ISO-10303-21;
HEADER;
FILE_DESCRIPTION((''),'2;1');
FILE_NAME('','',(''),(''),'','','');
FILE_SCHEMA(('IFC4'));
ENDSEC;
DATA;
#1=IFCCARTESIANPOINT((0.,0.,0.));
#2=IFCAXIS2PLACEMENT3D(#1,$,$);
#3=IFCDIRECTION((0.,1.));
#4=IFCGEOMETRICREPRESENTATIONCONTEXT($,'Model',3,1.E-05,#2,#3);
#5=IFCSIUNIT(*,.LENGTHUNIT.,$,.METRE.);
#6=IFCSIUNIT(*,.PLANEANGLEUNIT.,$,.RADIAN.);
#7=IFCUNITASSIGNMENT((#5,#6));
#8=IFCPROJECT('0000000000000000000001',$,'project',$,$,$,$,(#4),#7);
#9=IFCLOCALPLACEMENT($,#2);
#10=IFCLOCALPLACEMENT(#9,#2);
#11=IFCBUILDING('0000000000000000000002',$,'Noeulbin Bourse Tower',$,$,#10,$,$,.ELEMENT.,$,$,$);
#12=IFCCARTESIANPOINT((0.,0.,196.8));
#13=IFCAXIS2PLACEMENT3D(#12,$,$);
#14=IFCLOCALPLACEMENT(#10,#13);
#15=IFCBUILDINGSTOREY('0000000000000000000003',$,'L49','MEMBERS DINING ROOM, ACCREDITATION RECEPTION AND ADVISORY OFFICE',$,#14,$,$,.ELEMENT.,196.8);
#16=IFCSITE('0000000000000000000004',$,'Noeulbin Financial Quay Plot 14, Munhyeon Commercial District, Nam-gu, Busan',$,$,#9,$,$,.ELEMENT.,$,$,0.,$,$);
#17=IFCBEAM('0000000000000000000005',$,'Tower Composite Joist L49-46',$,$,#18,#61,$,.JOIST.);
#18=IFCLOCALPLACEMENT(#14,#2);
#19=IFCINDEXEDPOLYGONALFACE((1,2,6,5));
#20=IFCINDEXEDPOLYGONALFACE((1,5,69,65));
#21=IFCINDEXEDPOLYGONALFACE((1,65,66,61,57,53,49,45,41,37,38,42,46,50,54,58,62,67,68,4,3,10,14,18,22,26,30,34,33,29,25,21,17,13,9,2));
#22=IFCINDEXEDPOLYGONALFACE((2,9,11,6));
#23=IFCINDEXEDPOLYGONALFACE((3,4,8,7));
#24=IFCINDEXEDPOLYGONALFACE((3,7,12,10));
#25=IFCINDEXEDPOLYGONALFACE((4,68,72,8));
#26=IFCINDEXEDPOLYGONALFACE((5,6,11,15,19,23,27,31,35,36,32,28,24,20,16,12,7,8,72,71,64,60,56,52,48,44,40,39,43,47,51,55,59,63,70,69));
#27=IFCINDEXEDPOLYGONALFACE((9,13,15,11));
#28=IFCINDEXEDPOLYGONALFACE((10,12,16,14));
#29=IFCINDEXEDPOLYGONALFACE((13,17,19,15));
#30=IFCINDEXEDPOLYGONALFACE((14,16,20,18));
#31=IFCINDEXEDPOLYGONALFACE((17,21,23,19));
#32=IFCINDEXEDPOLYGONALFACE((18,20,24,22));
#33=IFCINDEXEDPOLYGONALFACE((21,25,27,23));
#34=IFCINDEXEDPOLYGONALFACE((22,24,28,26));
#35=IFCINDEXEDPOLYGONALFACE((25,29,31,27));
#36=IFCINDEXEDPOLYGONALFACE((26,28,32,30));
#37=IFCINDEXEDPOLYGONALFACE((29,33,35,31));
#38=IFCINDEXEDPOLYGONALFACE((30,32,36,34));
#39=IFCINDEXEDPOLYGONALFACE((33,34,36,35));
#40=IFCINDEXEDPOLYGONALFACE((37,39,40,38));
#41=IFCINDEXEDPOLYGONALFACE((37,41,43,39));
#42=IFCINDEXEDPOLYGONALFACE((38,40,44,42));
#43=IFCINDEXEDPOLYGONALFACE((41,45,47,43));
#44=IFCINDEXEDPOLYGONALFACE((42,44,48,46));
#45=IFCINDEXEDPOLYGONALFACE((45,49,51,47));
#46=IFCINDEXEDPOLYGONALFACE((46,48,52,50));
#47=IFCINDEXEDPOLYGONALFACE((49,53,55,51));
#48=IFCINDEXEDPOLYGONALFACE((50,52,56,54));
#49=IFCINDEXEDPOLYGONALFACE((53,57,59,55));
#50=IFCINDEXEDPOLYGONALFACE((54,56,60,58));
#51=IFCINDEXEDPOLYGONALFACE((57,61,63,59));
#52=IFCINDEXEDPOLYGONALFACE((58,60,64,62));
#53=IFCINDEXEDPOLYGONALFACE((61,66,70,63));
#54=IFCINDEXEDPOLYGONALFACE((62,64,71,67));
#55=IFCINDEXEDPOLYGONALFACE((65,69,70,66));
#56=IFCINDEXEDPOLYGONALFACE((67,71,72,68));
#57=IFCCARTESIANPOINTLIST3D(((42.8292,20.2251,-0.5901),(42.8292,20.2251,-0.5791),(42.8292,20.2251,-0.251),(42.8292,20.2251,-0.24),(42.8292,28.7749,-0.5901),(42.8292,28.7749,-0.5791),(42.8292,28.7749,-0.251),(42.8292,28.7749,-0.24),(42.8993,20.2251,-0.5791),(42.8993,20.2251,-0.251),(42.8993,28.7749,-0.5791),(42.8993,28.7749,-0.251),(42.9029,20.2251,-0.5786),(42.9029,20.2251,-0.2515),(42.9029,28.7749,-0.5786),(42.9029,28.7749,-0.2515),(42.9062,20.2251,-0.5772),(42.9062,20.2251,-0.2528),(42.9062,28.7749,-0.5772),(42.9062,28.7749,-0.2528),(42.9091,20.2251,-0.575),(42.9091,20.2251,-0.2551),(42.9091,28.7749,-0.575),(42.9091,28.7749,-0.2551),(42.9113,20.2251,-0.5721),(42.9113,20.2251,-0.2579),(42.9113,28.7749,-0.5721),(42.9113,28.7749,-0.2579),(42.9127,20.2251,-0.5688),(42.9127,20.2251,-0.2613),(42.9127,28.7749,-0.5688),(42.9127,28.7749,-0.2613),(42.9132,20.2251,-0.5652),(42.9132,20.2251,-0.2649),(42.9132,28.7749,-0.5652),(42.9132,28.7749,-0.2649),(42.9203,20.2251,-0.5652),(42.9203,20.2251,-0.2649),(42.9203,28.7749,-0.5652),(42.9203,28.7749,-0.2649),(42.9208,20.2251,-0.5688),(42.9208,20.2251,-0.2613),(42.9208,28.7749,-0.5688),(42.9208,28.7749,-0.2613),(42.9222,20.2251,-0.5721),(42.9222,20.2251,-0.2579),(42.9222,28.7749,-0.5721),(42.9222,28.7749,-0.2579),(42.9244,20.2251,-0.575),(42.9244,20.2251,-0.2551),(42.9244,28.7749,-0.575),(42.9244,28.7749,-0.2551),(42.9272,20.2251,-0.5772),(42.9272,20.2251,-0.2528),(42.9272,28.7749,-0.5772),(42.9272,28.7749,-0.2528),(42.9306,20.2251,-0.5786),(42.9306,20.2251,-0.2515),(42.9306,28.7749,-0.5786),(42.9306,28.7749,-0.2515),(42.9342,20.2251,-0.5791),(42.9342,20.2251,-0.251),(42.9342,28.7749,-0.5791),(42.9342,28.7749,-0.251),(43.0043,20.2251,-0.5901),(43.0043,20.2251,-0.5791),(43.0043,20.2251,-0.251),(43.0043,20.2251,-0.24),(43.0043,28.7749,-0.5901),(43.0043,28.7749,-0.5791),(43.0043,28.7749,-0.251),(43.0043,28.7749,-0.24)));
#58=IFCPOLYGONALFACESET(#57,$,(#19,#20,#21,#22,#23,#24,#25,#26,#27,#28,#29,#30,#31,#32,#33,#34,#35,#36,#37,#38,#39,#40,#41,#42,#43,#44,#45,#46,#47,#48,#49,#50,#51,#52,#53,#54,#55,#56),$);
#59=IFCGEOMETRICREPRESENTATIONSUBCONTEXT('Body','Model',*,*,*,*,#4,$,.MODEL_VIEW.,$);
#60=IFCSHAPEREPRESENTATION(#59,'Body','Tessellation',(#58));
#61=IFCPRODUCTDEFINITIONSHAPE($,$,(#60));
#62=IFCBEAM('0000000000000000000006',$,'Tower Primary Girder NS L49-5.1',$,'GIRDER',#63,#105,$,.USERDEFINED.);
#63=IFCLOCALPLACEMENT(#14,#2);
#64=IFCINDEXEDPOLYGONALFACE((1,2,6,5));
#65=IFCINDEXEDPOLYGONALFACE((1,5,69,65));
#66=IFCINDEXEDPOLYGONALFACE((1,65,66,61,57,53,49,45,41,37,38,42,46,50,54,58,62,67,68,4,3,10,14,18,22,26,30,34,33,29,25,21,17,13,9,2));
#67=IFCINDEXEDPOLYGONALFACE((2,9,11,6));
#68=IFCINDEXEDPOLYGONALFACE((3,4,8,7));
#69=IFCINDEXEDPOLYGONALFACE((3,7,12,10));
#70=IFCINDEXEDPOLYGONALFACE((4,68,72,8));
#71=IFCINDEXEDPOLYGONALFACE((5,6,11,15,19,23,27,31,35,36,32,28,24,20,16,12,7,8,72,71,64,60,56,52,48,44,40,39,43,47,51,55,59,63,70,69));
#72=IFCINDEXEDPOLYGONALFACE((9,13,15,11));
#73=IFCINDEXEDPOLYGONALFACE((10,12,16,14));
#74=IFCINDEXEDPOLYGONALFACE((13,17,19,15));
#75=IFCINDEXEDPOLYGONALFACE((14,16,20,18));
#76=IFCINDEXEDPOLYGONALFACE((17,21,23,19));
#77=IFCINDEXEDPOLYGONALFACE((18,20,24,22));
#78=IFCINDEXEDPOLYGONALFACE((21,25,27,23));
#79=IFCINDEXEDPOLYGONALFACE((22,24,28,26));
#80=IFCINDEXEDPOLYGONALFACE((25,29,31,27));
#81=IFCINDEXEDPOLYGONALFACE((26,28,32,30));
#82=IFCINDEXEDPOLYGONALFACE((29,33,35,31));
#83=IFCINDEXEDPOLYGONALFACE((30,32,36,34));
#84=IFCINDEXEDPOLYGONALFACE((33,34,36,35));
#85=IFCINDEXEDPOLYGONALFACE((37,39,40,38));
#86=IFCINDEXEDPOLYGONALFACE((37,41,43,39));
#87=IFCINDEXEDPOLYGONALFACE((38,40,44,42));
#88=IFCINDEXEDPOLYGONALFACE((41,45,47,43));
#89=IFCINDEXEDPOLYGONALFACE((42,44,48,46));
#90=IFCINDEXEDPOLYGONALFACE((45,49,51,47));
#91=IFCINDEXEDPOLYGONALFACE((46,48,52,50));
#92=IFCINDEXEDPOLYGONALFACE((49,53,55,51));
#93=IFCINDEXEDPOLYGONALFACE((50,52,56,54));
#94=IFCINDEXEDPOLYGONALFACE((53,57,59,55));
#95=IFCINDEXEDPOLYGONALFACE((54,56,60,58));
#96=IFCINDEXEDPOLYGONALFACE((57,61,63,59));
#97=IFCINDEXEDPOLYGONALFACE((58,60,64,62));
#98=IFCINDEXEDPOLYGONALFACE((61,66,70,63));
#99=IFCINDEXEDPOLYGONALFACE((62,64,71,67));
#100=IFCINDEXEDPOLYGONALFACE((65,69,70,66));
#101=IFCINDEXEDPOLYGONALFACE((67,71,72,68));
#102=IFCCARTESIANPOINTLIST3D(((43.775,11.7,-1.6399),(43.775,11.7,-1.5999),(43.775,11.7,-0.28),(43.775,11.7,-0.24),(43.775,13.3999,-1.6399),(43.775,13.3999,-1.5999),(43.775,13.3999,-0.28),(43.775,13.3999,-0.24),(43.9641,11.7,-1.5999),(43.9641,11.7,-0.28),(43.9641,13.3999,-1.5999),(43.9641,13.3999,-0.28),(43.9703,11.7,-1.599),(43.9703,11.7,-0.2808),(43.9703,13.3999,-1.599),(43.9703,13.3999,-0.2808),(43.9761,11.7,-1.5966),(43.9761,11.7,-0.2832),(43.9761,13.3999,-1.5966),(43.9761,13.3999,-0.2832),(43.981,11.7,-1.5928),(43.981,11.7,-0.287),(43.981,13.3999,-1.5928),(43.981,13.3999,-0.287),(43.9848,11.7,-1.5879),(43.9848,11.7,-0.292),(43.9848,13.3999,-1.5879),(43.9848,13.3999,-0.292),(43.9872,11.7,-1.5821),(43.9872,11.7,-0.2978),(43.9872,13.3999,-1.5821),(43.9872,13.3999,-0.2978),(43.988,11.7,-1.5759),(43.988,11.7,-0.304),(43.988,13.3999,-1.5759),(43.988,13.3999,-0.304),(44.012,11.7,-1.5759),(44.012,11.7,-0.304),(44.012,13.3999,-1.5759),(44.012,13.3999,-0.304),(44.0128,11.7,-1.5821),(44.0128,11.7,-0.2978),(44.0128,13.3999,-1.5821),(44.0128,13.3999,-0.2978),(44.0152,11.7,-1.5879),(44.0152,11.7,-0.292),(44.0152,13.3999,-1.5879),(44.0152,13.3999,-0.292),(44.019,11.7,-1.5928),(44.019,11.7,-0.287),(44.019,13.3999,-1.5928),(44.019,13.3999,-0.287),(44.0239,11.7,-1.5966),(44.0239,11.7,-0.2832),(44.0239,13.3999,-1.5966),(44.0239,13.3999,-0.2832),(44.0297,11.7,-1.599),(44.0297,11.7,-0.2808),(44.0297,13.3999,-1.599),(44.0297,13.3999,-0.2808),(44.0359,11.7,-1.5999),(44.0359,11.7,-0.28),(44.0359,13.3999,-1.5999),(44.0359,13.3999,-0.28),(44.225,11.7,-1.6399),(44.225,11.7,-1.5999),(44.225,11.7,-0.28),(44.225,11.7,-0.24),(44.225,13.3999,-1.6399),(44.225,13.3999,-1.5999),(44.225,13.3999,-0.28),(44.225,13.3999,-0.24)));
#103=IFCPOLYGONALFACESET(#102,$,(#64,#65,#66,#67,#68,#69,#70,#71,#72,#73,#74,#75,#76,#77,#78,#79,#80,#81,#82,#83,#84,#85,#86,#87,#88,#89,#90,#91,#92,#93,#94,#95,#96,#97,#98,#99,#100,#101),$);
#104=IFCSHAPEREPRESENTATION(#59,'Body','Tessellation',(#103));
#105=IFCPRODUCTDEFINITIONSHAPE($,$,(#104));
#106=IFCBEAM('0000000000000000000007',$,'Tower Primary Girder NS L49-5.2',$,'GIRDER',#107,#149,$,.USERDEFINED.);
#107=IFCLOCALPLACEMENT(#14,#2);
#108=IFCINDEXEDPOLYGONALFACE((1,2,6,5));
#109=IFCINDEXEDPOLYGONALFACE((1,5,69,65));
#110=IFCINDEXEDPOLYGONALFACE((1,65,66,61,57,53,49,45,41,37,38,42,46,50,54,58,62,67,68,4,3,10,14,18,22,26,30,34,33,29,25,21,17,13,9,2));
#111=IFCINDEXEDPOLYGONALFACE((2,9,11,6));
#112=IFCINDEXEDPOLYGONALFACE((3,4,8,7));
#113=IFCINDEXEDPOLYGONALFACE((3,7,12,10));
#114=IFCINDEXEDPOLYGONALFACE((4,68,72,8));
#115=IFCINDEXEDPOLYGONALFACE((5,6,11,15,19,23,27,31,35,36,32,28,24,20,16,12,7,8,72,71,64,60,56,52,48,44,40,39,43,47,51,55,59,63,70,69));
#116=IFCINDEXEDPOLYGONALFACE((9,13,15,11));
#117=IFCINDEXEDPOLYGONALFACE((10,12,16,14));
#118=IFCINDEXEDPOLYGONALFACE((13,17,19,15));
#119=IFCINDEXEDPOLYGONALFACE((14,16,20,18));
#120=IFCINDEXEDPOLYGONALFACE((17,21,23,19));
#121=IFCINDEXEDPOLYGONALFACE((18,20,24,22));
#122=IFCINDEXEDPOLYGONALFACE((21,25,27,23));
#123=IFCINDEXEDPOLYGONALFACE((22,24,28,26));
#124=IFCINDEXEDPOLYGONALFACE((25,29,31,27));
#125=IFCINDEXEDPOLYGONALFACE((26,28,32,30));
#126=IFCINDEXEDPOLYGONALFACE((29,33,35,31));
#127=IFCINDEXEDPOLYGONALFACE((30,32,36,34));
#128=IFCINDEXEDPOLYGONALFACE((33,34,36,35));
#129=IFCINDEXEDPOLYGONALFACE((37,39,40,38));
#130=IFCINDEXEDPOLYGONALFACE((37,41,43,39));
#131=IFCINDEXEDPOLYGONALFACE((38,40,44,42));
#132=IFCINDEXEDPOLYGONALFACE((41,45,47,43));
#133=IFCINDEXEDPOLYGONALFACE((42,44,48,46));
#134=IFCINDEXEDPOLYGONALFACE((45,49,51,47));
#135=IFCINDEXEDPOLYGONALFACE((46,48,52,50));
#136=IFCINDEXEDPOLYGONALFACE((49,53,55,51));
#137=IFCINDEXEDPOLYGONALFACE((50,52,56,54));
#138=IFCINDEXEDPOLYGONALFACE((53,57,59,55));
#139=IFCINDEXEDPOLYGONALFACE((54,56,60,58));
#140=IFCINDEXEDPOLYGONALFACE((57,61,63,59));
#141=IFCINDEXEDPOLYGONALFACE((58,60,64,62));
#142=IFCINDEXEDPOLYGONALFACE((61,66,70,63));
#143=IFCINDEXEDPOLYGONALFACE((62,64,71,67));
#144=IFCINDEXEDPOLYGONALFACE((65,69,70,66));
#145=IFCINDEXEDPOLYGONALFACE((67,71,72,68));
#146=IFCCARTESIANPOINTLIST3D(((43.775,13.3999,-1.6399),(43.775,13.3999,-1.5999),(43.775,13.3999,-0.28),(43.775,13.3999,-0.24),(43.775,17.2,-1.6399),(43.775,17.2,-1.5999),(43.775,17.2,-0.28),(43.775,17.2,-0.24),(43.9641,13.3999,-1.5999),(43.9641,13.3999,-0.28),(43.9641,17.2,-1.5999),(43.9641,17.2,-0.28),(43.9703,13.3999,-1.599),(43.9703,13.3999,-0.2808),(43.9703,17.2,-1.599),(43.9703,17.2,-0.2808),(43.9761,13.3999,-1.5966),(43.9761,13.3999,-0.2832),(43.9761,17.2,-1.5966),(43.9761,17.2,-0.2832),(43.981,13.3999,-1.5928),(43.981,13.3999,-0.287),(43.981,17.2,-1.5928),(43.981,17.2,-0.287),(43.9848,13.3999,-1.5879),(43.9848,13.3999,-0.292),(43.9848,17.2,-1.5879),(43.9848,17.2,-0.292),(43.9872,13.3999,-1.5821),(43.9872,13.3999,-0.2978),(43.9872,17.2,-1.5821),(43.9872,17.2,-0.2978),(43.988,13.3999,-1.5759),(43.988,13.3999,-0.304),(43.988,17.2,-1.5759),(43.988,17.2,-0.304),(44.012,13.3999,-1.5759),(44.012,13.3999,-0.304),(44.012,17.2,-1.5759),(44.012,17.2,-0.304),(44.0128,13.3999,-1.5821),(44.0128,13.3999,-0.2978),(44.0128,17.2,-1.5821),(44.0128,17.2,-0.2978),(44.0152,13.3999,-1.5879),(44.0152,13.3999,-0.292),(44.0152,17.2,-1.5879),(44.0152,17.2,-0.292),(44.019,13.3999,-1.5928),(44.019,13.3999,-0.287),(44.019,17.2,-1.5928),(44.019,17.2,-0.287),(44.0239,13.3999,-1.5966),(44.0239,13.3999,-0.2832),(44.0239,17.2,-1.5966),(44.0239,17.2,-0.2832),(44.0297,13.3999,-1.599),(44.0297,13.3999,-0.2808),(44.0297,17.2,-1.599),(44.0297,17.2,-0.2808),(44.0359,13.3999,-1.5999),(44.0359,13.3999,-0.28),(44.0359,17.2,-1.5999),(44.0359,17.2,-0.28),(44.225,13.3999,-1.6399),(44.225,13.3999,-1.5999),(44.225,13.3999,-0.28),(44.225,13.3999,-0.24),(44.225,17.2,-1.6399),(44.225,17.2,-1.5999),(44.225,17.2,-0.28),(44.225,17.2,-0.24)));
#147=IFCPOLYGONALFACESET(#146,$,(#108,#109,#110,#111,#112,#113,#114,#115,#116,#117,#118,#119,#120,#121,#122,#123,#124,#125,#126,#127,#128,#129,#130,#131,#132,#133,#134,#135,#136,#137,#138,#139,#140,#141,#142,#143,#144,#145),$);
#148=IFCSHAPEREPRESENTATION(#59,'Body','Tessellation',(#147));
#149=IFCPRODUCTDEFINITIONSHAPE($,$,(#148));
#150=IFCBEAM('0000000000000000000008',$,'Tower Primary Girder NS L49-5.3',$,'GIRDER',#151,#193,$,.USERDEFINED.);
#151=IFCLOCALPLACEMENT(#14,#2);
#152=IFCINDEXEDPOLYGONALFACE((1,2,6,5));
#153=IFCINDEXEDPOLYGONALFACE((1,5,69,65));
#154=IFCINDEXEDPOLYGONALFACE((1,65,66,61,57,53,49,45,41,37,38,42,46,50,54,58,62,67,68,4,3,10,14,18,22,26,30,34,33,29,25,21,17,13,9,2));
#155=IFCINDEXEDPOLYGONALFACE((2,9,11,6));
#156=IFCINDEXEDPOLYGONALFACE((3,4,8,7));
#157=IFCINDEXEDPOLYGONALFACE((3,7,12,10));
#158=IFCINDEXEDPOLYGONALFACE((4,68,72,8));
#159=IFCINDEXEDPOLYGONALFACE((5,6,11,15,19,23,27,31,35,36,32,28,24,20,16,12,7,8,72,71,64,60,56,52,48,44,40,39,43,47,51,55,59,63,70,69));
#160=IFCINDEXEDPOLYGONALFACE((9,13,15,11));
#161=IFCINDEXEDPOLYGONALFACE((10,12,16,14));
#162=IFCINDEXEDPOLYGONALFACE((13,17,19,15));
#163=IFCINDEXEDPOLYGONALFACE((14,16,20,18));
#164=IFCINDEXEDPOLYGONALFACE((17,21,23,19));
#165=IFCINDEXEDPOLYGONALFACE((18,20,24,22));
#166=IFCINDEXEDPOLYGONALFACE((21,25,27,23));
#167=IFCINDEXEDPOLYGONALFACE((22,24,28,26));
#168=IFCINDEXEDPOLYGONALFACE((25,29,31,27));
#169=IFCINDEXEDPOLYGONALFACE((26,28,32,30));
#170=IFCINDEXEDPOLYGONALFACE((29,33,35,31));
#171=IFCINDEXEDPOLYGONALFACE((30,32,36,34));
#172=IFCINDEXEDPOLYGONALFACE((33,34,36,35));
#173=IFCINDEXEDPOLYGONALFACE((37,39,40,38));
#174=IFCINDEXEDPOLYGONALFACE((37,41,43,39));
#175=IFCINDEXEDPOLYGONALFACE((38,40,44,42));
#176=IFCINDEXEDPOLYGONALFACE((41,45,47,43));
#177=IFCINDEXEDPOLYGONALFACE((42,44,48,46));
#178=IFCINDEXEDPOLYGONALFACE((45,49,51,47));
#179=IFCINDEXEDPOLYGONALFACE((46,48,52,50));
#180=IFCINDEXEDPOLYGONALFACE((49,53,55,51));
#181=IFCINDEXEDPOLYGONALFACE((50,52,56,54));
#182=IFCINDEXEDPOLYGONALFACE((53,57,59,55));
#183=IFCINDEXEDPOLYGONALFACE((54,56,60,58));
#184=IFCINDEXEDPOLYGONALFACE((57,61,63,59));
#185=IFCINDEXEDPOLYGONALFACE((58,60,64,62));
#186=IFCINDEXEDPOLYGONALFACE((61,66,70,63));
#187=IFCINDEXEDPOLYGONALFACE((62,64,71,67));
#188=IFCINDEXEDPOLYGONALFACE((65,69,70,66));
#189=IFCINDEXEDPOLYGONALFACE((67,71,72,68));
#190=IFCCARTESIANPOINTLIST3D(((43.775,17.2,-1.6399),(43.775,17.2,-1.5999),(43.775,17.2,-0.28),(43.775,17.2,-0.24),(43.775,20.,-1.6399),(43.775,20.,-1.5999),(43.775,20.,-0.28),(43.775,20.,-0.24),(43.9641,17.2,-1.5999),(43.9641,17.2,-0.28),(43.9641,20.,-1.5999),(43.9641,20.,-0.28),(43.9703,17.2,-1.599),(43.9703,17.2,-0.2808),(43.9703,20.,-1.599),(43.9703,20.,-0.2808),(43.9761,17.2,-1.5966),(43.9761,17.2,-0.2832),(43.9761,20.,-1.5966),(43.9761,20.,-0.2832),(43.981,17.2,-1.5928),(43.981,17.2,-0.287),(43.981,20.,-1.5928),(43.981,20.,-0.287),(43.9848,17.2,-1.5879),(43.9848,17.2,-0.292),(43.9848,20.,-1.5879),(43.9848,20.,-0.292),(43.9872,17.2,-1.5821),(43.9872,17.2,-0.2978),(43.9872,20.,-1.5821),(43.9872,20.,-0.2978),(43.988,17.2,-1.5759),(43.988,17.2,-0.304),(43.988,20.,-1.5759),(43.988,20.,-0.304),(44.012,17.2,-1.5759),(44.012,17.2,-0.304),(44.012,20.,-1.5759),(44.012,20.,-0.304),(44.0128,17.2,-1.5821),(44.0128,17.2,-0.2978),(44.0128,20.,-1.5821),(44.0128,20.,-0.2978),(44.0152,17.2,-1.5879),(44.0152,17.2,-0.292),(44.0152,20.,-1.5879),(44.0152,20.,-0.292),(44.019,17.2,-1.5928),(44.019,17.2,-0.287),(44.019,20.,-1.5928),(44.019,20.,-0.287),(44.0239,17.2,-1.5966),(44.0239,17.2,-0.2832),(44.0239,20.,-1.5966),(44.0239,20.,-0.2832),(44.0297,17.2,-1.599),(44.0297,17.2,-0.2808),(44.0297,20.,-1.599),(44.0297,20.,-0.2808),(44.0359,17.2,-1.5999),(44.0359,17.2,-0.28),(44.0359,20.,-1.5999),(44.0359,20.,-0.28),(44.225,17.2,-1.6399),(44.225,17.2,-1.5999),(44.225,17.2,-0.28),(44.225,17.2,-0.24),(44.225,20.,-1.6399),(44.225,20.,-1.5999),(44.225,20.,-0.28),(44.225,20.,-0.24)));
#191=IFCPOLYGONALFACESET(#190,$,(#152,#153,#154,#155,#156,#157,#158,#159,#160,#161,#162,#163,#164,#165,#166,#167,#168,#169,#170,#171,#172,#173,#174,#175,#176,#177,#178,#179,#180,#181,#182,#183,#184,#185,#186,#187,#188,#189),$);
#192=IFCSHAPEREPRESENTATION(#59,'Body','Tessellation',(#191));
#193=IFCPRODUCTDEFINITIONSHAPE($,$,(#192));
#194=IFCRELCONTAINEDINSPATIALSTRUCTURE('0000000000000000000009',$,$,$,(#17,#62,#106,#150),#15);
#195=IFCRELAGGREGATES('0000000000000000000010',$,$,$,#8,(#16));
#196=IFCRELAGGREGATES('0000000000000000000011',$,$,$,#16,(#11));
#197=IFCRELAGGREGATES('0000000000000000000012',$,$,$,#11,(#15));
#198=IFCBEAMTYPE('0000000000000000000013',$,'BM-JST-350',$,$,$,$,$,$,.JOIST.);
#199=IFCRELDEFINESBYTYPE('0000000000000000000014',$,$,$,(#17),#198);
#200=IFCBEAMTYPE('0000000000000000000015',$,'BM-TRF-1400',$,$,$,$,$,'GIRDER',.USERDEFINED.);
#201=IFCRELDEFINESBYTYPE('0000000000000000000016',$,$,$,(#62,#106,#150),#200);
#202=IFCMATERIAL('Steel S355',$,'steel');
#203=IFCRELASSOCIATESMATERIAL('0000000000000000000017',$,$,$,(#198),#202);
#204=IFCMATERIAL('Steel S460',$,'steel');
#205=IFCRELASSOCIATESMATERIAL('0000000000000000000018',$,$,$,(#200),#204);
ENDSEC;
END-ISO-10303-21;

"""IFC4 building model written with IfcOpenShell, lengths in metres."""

from ifc_helpers import new_model, si_unit, direction, frame, origin, origin_2d, place, context, subcontext, project, spatial, i_section, extrude, material, material_profile, profile_set, type_object, element, save


model = new_model("IFC4")

# Units and contexts
model_context = context("Model", 3, precision=1e-05, world=origin(), true_north=direction((0.0, 1.0)))
body_context = subcontext(model_context, "Body", "Model", "MODEL_VIEW")
ifc_project = project(units=[si_unit("LENGTHUNIT", "METRE"), si_unit("PLANEANGLEUNIT", "RADIAN")], contexts=[model_context])

# Site, building, storey
site_placement = place(None, origin())
site = spatial("IfcSite", under=ifc_project, at=site_placement, Name="Noeulbin Financial Quay Plot 14, Munhyeon Commercial District, Nam-gu, Busan", CompositionType="ELEMENT", RefElevation=0.0)
building_placement = place(site_placement, origin())
building = spatial("IfcBuilding", under=site, at=building_placement, Name="Noeulbin Bourse Tower", CompositionType="ELEMENT")
storey_placement = place(building_placement, frame((0.0, 0.0, 196.8)))
storey = spatial("IfcBuildingStorey", under=building, at=storey_placement, Name="L49", Description="MEMBERS DINING ROOM, ACCREDITATION RECEPTION AND ADVISORY OFFICE", CompositionType="ELEMENT", Elevation=196.8)

# Shared definitions
ifc_material_1 = material(Name="Steel S355", Category="steel")
ifc_material_2 = material(Name="Steel S460", Category="steel")

# Beams
ifc_material_profile_1 = material_profile(ifc_material_1, i_section(OverallWidth=0.175, OverallDepth=0.3501, WebThickness=0.0071, FlangeThickness=0.011, FilletRadius=0.0139, at=origin_2d()), Name="H-350x175x7x11", Category="LoadBearing")
ifc_profile_set_1 = profile_set([ifc_material_profile_1], Name="Steel S355")
beam_type_1 = type_object("IfcBeamType", Name="BM-JST-350", PredefinedType="JOIST", material=ifc_profile_set_1)
beam_1_placement = place(storey_placement, frame((42.9167, 20.2251, -0.415), z_axis=(0.0, 1.0, 0.0), x_axis=(-1.0, 0.0, 0.0)))
element("IfcBeam", 1, at=beam_1_placement, inside=storey, type_object=beam_type_1, Name="Tower Composite Joist L49-46", PredefinedType="JOIST", context=body_context, shape_type="SweptSolid", body=[
    extrude(i_section(OverallWidth=0.175, OverallDepth=0.3501, WebThickness=0.0071, FlangeThickness=0.011, FilletRadius=0.0139, at=origin_2d()), origin(), (0.0, 0.0, 1.0), 8.5498),
])
ifc_material_profile_2 = material_profile(ifc_material_2, i_section(OverallWidth=0.45, OverallDepth=1.3999, WebThickness=0.0239, FlangeThickness=0.04, FilletRadius=0.0239, at=origin_2d()), Name="PG-1400x450x24x40", Category="LoadBearing")
ifc_profile_set_2 = profile_set([ifc_material_profile_2], Name="Steel S460")
beam_type_2 = type_object("IfcBeamType", Name="BM-TRF-1400", ElementType="GIRDER", PredefinedType="USERDEFINED", material=ifc_profile_set_2)
beam_2_placement = place(storey_placement, frame((44.0, 11.7, -0.9399), z_axis=(0.0, 1.0, 0.0), x_axis=(-1.0, 0.0, 0.0)))
element("IfcBeam", 2, at=beam_2_placement, inside=storey, type_object=beam_type_2, Name="Tower Primary Girder NS L49-5.1", ObjectType="GIRDER", PredefinedType="USERDEFINED", context=body_context, shape_type="SweptSolid", body=[
    extrude(i_section(OverallWidth=0.45, OverallDepth=1.3999, WebThickness=0.0239, FlangeThickness=0.04, FilletRadius=0.0239, at=origin_2d()), origin(), (0.0, 0.0, 1.0), 1.7),
])
beam_3_placement = place(storey_placement, frame((44.0, 13.3999, -0.9399), z_axis=(0.0, 1.0, 0.0), x_axis=(-1.0, 0.0, 0.0)))
element("IfcBeam", 3, at=beam_3_placement, inside=storey, type_object=beam_type_2, Name="Tower Primary Girder NS L49-5.2", ObjectType="GIRDER", PredefinedType="USERDEFINED", context=body_context, shape_type="SweptSolid", body=[
    extrude(i_section(OverallWidth=0.45, OverallDepth=1.3999, WebThickness=0.0239, FlangeThickness=0.04, FilletRadius=0.0239, at=origin_2d()), origin(), (0.0, 0.0, 1.0), 3.8),
])
beam_4_placement = place(storey_placement, frame((44.0, 17.2, -0.9399), z_axis=(0.0, 1.0, 0.0), x_axis=(-1.0, 0.0, 0.0)))
element("IfcBeam", 4, at=beam_4_placement, inside=storey, type_object=beam_type_2, Name="Tower Primary Girder NS L49-5.3", ObjectType="GIRDER", PredefinedType="USERDEFINED", context=body_context, shape_type="SweptSolid", body=[
    extrude(i_section(OverallWidth=0.45, OverallDepth=1.3999, WebThickness=0.0239, FlangeThickness=0.04, FilletRadius=0.0239, at=origin_2d()), origin(), (0.0, 0.0, 1.0), 2.8),
])

save(model, "model.ifc")
